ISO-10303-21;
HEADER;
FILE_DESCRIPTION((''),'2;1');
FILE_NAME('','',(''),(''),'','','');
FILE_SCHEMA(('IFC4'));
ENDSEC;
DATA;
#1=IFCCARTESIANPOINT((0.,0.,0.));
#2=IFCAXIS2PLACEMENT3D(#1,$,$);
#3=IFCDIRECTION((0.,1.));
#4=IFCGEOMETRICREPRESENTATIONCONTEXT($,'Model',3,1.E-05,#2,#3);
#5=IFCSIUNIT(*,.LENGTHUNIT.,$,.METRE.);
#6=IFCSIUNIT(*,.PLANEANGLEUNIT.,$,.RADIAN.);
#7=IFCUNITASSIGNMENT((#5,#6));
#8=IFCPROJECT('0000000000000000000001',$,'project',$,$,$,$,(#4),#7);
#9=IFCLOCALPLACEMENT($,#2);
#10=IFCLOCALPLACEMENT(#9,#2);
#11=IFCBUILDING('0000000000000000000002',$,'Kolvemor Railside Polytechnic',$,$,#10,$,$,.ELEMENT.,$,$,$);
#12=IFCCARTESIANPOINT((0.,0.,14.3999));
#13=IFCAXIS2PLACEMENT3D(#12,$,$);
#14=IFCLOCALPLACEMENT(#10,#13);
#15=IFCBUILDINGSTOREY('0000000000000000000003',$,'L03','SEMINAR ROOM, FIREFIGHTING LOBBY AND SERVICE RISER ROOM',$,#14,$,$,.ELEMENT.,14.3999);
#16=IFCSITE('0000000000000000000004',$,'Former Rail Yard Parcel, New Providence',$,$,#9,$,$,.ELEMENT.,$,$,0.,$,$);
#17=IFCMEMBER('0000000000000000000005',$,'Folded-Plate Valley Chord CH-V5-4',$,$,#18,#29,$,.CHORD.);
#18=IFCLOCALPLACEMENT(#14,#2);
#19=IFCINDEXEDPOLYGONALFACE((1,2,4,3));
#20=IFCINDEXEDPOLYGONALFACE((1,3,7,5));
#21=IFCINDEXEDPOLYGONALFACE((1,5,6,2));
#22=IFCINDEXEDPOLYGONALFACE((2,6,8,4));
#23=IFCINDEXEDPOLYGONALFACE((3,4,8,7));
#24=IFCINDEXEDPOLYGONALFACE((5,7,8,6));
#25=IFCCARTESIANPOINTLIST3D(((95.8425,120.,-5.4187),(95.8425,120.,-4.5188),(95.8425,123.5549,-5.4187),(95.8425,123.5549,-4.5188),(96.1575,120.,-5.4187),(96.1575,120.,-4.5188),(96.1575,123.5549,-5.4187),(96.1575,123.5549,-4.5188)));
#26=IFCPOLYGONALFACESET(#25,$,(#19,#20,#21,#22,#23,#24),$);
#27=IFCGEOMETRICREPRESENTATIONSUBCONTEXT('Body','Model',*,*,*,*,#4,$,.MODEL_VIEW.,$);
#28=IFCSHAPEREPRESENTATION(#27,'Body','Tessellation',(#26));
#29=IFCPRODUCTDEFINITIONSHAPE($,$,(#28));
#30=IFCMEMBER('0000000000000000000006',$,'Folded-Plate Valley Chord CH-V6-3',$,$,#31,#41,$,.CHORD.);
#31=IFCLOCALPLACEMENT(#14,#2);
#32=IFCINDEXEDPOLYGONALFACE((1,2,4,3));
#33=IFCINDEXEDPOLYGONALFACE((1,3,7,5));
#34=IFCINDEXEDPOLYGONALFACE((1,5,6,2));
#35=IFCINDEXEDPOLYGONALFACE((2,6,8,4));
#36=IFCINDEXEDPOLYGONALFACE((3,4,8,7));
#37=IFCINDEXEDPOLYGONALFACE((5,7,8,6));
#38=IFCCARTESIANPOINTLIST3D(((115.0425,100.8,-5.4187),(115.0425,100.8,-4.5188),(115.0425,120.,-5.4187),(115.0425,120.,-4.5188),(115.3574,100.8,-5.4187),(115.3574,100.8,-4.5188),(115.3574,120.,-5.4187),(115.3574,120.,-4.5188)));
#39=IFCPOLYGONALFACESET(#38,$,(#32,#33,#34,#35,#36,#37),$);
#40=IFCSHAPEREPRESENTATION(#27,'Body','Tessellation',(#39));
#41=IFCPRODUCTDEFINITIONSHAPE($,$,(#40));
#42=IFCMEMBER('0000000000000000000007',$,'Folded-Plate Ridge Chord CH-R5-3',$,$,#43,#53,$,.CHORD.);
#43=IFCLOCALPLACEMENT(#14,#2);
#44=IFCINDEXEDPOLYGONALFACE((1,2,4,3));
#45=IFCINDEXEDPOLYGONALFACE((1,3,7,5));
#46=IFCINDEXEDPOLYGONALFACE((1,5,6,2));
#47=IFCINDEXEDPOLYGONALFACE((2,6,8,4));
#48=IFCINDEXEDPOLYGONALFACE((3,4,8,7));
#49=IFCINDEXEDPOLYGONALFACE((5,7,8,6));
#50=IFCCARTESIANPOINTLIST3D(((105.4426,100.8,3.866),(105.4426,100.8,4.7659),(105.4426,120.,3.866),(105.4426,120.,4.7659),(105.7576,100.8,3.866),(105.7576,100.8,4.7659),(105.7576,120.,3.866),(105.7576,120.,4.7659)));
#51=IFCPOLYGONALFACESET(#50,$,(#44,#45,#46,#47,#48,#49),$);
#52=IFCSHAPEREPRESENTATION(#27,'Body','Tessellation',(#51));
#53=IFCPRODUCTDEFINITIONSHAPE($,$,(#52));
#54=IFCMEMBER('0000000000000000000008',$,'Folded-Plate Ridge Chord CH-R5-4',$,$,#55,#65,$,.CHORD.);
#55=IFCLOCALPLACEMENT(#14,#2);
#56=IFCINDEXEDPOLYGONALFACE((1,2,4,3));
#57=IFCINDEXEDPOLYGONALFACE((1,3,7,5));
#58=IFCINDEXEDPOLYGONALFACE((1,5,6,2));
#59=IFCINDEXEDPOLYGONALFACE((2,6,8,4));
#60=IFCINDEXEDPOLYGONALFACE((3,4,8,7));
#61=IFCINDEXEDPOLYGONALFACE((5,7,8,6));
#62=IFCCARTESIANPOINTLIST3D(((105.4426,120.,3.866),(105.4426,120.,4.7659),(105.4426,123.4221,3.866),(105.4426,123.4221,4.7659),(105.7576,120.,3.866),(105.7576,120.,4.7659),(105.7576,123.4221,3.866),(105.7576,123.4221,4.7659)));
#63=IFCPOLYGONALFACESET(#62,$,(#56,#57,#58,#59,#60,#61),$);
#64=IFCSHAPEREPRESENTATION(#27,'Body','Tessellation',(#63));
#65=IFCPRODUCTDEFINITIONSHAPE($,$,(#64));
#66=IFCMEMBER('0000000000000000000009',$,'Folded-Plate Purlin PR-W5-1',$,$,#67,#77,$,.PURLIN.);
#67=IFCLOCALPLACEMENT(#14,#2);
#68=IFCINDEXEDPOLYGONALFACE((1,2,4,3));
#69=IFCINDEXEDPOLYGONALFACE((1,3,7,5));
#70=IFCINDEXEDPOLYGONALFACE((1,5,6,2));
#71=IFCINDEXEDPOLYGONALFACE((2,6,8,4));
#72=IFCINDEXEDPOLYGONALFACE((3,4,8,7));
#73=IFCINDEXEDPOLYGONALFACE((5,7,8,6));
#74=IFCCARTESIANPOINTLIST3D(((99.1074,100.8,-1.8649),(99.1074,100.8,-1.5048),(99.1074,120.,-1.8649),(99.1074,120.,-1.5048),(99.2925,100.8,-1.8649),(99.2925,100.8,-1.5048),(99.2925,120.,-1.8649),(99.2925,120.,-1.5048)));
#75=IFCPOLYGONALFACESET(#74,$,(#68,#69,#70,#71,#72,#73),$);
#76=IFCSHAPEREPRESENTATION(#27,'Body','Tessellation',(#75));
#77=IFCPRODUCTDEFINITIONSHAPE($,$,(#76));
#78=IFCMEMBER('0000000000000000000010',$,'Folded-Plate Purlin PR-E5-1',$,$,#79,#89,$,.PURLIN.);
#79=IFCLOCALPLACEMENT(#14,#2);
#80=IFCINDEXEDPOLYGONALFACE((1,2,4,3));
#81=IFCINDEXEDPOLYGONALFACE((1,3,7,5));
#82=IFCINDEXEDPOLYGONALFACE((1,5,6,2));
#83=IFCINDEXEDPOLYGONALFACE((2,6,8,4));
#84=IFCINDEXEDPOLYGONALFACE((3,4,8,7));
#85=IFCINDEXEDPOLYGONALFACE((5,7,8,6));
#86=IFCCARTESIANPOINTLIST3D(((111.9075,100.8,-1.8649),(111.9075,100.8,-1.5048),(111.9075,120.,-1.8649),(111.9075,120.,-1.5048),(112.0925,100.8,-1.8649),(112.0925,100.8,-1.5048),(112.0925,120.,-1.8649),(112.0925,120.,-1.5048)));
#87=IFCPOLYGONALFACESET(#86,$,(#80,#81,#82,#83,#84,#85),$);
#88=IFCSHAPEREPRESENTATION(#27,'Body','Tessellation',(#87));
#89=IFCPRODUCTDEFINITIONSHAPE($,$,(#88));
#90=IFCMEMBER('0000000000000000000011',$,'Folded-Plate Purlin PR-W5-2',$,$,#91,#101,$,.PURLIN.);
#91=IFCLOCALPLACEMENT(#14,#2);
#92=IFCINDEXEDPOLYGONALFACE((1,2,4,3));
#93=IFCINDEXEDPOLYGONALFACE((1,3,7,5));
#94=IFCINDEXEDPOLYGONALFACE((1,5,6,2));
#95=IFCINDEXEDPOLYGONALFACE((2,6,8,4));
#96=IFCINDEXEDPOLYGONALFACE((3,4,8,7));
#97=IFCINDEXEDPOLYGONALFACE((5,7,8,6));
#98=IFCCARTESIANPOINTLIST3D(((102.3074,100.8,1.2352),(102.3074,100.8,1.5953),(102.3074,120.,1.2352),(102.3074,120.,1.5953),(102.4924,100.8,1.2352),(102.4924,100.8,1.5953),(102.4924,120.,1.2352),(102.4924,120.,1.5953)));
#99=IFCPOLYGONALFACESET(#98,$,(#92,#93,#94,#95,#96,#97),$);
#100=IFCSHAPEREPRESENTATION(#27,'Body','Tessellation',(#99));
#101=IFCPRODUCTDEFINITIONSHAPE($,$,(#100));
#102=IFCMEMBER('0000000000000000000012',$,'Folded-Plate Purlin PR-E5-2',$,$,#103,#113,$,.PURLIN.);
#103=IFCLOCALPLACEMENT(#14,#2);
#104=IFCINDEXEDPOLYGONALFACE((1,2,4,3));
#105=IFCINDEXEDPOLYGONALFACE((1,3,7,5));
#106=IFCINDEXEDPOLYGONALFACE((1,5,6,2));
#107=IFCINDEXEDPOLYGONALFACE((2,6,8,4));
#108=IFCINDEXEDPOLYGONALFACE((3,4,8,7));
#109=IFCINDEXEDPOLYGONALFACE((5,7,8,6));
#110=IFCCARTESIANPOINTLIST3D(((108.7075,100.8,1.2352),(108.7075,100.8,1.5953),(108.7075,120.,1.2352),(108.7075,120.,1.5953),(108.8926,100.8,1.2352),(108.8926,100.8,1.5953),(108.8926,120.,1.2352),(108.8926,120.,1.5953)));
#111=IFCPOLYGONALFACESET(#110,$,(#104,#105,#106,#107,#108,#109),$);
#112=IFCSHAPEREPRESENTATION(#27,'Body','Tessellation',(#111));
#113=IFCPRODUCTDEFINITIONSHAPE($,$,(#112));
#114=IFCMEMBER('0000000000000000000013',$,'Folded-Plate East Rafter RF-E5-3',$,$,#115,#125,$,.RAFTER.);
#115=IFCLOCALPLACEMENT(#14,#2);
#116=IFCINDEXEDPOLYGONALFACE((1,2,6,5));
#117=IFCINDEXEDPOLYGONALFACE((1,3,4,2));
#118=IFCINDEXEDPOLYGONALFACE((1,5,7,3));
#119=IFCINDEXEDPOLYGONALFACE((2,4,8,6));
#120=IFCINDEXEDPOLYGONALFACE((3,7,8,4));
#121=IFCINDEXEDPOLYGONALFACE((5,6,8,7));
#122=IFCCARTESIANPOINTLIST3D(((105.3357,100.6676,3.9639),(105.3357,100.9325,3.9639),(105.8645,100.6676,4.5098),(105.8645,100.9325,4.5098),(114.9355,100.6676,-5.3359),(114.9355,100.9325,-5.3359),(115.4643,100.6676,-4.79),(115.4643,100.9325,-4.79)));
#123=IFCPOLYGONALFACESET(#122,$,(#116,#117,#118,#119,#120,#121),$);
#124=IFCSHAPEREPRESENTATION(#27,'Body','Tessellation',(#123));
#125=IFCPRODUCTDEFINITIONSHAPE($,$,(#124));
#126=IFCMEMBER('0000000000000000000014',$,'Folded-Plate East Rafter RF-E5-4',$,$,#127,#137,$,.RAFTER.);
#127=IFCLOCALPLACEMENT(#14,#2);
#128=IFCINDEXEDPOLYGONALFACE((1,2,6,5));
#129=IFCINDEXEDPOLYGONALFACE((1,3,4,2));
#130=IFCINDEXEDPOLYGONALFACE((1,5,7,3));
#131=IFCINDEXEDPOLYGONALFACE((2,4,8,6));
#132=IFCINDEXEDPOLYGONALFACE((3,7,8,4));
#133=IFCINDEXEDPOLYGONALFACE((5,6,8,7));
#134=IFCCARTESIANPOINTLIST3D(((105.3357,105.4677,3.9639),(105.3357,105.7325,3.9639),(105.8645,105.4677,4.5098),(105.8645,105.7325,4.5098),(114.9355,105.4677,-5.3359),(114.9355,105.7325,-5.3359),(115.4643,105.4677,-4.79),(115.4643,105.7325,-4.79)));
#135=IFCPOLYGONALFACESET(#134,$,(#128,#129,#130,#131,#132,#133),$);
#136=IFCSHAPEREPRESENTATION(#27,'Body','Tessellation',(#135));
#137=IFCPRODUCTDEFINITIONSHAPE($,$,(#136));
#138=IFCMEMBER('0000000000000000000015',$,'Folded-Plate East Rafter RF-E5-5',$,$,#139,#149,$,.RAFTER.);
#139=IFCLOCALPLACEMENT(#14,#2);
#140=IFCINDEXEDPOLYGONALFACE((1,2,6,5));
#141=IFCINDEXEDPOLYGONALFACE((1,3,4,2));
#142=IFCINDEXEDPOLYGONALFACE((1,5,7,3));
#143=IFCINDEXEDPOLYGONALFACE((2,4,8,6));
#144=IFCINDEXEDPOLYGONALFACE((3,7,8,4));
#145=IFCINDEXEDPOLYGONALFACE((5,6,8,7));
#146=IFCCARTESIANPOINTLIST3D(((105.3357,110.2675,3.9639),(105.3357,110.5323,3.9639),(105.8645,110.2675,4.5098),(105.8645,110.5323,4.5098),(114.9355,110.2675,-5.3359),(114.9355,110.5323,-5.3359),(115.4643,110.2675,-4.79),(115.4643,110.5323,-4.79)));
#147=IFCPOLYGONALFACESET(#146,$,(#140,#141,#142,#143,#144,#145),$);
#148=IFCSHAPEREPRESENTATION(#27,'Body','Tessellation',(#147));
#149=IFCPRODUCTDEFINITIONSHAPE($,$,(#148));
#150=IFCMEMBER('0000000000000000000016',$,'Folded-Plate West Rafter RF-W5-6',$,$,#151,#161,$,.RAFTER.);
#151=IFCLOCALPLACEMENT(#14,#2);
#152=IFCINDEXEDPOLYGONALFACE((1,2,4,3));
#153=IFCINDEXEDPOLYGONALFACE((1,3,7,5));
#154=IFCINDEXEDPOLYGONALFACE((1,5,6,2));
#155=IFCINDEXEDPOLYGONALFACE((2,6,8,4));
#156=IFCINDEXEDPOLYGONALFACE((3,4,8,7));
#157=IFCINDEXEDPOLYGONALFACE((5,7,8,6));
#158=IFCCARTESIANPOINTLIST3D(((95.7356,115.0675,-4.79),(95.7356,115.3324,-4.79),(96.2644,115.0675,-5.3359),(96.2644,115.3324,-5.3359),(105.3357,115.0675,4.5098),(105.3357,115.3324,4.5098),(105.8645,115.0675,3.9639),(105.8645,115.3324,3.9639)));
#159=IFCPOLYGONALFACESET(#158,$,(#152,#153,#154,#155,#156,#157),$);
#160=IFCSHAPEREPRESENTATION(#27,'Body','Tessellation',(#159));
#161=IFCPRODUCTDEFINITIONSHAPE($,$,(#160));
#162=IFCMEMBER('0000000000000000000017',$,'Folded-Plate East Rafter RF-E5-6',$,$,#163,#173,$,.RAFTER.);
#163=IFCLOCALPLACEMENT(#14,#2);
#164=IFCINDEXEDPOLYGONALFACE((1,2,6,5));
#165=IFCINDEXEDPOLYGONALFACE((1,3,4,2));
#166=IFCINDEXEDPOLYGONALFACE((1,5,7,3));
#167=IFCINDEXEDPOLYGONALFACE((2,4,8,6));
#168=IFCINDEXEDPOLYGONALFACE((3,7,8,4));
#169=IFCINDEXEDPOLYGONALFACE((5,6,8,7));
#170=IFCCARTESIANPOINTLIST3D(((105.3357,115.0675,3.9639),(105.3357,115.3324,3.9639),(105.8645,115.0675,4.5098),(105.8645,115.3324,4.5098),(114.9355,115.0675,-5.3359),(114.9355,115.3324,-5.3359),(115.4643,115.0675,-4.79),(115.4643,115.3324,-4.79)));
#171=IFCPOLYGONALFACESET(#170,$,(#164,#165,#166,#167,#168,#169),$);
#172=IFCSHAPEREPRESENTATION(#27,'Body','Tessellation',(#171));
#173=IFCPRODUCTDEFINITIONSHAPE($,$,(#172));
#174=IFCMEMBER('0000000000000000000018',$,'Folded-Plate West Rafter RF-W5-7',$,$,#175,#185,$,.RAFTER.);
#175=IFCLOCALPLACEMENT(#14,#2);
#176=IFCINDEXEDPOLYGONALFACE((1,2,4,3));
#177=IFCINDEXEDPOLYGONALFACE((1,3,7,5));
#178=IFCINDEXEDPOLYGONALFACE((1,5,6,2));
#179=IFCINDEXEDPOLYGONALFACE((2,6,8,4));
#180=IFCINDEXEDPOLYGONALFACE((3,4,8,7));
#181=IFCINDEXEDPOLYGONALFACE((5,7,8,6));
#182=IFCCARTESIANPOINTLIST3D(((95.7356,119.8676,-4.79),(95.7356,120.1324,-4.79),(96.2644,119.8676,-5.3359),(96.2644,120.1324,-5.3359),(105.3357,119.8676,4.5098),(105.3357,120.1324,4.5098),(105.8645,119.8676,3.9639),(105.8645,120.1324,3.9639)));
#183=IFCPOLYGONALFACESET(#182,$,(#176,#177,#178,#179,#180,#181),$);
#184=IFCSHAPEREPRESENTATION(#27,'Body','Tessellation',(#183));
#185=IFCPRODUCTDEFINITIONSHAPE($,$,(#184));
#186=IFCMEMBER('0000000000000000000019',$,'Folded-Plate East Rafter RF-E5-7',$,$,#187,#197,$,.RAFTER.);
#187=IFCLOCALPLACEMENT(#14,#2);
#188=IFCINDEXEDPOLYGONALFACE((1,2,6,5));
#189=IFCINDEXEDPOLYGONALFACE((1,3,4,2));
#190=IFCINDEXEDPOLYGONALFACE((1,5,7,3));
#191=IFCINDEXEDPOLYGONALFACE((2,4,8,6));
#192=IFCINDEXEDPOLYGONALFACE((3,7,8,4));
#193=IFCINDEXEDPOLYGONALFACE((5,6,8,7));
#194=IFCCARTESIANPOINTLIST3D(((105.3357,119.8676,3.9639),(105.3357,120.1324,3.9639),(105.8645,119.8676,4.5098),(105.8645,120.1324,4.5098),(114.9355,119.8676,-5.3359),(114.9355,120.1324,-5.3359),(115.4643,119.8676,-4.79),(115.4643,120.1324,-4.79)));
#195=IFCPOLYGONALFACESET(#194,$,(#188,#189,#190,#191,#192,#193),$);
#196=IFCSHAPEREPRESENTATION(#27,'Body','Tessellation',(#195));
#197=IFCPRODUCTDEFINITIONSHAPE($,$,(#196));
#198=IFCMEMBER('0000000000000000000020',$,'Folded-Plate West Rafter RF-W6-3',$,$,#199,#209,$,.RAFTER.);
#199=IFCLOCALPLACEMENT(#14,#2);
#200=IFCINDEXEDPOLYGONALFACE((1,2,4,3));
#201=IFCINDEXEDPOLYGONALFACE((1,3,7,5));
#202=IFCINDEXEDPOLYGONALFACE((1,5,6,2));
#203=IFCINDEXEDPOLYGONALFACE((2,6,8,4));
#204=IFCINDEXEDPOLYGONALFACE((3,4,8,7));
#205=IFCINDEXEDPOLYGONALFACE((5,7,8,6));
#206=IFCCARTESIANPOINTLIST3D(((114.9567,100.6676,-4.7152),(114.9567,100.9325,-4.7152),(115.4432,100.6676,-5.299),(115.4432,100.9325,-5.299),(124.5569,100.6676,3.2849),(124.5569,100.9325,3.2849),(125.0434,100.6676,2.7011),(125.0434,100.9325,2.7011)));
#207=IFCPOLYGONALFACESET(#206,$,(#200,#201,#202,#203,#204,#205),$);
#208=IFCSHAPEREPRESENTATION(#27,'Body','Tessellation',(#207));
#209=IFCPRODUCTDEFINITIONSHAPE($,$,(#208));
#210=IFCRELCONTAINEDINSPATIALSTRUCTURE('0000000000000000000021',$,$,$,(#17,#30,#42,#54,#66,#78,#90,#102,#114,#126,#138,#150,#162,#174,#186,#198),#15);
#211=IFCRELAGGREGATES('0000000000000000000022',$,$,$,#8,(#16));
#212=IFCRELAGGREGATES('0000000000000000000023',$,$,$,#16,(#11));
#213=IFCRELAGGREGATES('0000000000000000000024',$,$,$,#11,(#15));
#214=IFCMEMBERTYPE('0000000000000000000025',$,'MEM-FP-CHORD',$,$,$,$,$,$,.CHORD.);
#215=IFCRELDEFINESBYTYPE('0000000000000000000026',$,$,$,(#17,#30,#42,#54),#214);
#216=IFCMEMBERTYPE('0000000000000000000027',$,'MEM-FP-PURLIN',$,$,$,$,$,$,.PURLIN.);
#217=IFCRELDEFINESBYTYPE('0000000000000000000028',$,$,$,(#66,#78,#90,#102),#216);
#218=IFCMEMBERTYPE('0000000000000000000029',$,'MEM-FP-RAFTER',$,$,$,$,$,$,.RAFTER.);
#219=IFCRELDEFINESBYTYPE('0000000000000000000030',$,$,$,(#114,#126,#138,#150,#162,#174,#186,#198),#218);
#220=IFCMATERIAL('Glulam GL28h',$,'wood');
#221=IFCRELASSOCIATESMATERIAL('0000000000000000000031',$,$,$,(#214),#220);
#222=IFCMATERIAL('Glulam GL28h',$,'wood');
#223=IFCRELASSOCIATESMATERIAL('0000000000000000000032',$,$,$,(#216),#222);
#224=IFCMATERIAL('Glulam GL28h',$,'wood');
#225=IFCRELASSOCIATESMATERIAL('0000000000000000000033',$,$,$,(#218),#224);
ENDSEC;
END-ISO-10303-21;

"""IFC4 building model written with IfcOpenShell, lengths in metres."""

from ifc_helpers import new_model, si_unit, direction, frame, origin, origin_2d, place, context, subcontext, project, spatial, rectangle, extrude, material, material_profile, profile_set, type_object, element, save


model = new_model("IFC4")

# Units and contexts
model_context = context("Model", 3, precision=1e-05, world=origin(), true_north=direction((0.0, 1.0)))
body_context = subcontext(model_context, "Body", "Model", "MODEL_VIEW")
ifc_project = project(units=[si_unit("LENGTHUNIT", "METRE"), si_unit("PLANEANGLEUNIT", "RADIAN")], contexts=[model_context])

# Site, building, storey
site_placement = place(None, origin())
site = spatial("IfcSite", under=ifc_project, at=site_placement, Name="Former Rail Yard Parcel, New Providence", CompositionType="ELEMENT", RefElevation=0.0)
building_placement = place(site_placement, origin())
building = spatial("IfcBuilding", under=site, at=building_placement, Name="Kolvemor Railside Polytechnic", CompositionType="ELEMENT")
storey_placement = place(building_placement, frame((0.0, 0.0, 14.3999)))
storey = spatial("IfcBuildingStorey", under=building, at=storey_placement, Name="L03", Description="SEMINAR ROOM, FIREFIGHTING LOBBY AND SERVICE RISER ROOM", CompositionType="ELEMENT", Elevation=14.3999)

# Members
ifc_material_1 = material(Name="Glulam GL28h", Category="wood")
ifc_material_profile_1 = material_profile(ifc_material_1, rectangle(XDim=0.3149, YDim=0.8999, at=origin_2d()), Name="GL315x900")
ifc_profile_set_1 = profile_set([ifc_material_profile_1], Name="Glulam GL28h")
member_type_1 = type_object("IfcMemberType", Name="MEM-FP-CHORD", PredefinedType="CHORD", material=ifc_profile_set_1)
member_1_placement = place(storey_placement, frame((96.0, 120.0, -4.9688), z_axis=(0.0, 1.0, 0.0), x_axis=(-1.0, 0.0, 0.0)))
element("IfcMember", 1, at=member_1_placement, inside=storey, type_object=member_type_1, Name="Folded-Plate Valley Chord CH-V5-4", PredefinedType="CHORD", context=body_context, shape_type="SweptSolid", body=[
    extrude(rectangle(XDim=0.3149, YDim=0.8999, at=origin_2d()), origin(), (0.0, 0.0, 1.0), 3.5549),
])
for number, where, z_axis, x_axis, name in (
    (2, (115.2, 100.8, -4.9688), (0.0, 1.0, 0.0), (-1.0, 0.0, 0.0), "Folded-Plate Valley Chord CH-V6-3"),
    (3, (105.6001, 100.8, 4.3159), (0.0, 1.0, 0.0), (-1.0, 0.0, 0.0), "Folded-Plate Ridge Chord CH-R5-3"),
):
    element("IfcMember", number, at=place(storey_placement, frame(where, z_axis=z_axis, x_axis=x_axis)), inside=storey, type_object=member_type_1, Name=name, PredefinedType="CHORD", context=body_context, shape_type="SweptSolid", body=[
        extrude(rectangle(XDim=0.3149, YDim=0.8999, at=origin_2d()), origin(), (0.0, 0.0, 1.0), 19.2),
    ])
member_2_placement = place(storey_placement, frame((105.6001, 120.0, 4.3159), z_axis=(0.0, 1.0, 0.0), x_axis=(-1.0, 0.0, 0.0)))
element("IfcMember", 4, at=member_2_placement, inside=storey, type_object=member_type_1, Name="Folded-Plate Ridge Chord CH-R5-4", PredefinedType="CHORD", context=body_context, shape_type="SweptSolid", body=[
    extrude(rectangle(XDim=0.3149, YDim=0.8999, at=origin_2d()), origin(), (0.0, 0.0, 1.0), 3.4221),
])
ifc_material_2 = material(Name="Glulam GL28h", Category="wood")
ifc_material_profile_2 = material_profile(ifc_material_2, rectangle(XDim=0.1851, YDim=0.3601, at=origin_2d()), Name="GL185x360")
ifc_profile_set_2 = profile_set([ifc_material_profile_2], Name="Glulam GL28h")
member_type_2 = type_object("IfcMemberType", Name="MEM-FP-PURLIN", PredefinedType="PURLIN", material=ifc_profile_set_2)
for number, where, z_axis, x_axis, name in (
    (5, (99.2, 100.8, -1.6848), (0.0, 1.0, 0.0), (-1.0, 0.0, 0.0), "Folded-Plate Purlin PR-W5-1"),
    (6, (112.0, 100.8, -1.6848), (0.0, 1.0, 0.0), (-1.0, 0.0, 0.0), "Folded-Plate Purlin PR-E5-1"),
    (7, (102.3999, 100.8, 1.4153), (0.0, 1.0, 0.0), (-1.0, 0.0, 0.0), "Folded-Plate Purlin PR-W5-2"),
    (8, (108.8, 100.8, 1.4153), (0.0, 1.0, 0.0), (-1.0, 0.0, 0.0), "Folded-Plate Purlin PR-E5-2"),
):
    element("IfcMember", number, at=place(storey_placement, frame(where, z_axis=z_axis, x_axis=x_axis)), inside=storey, type_object=member_type_2, Name=name, PredefinedType="PURLIN", context=body_context, shape_type="SweptSolid", body=[
        extrude(rectangle(XDim=0.1851, YDim=0.3601, at=origin_2d()), origin(), (0.0, 0.0, 1.0), 19.2),
    ])
ifc_material_3 = material(Name="Glulam GL28h", Category="wood")
ifc_material_profile_3 = material_profile(ifc_material_3, rectangle(XDim=0.2649, YDim=0.76, at=origin_2d()), Name="GL265x760")
ifc_profile_set_3 = profile_set([ifc_material_profile_3], Name="Glulam GL28h")
member_type_3 = type_object("IfcMemberType", Name="MEM-FP-RAFTER", PredefinedType="RAFTER", material=ifc_profile_set_3)
for number, where, z_axis, x_axis, name in (
    (9, (105.6001, 100.8, 4.2368), (0.718242, 0.0, -0.695793), (0.0, 1.0, 0.0), "Folded-Plate East Rafter RF-E5-3"),
    (10, (105.6001, 105.6001, 4.2368), (0.718242, 0.0, -0.695793), (0.0, 1.0, 0.0), "Folded-Plate East Rafter RF-E5-4"),
    (11, (105.6001, 110.3999, 4.2368), (0.718242, 0.0, -0.695793), (0.0, 1.0, 0.0), "Folded-Plate East Rafter RF-E5-5"),
):
    element("IfcMember", number, at=place(storey_placement, frame(where, z_axis=z_axis, x_axis=x_axis)), inside=storey, type_object=member_type_3, Name=name, PredefinedType="RAFTER", context=body_context, shape_type="SweptSolid", body=[
        extrude(rectangle(XDim=0.2649, YDim=0.76, at=origin_2d()), origin(), (0.0, 0.0, 1.0), 13.3657),
    ])
member_3_placement = place(storey_placement, frame((96.0, 115.2, -5.063), z_axis=(0.718251, 0.0, 0.695784), x_axis=(0.0, 1.0, 0.0)))
element("IfcMember", 12, at=member_3_placement, inside=storey, type_object=member_type_3, Name="Folded-Plate West Rafter RF-W5-6", PredefinedType="RAFTER", context=body_context, shape_type="SweptSolid", body=[
    extrude(rectangle(XDim=0.2649, YDim=0.76, at=origin_2d()), origin(), (0.0, 0.0, 1.0), 13.366),
])
member_4_placement = place(storey_placement, frame((105.6001, 115.2, 4.2368), z_axis=(0.718242, 0.0, -0.695793), x_axis=(0.0, 1.0, 0.0)))
element("IfcMember", 13, at=member_4_placement, inside=storey, type_object=member_type_3, Name="Folded-Plate East Rafter RF-E5-6", PredefinedType="RAFTER", context=body_context, shape_type="SweptSolid", body=[
    extrude(rectangle(XDim=0.2649, YDim=0.76, at=origin_2d()), origin(), (0.0, 0.0, 1.0), 13.3657),
])
member_5_placement = place(storey_placement, frame((96.0, 120.0, -5.063), z_axis=(0.718251, 0.0, 0.695784), x_axis=(0.0, 1.0, 0.0)))
element("IfcMember", 14, at=member_5_placement, inside=storey, type_object=member_type_3, Name="Folded-Plate West Rafter RF-W5-7", PredefinedType="RAFTER", context=body_context, shape_type="SweptSolid", body=[
    extrude(rectangle(XDim=0.2649, YDim=0.76, at=origin_2d()), origin(), (0.0, 0.0, 1.0), 13.366),
])
member_6_placement = place(storey_placement, frame((105.6001, 120.0, 4.2368), z_axis=(0.718242, 0.0, -0.695793), x_axis=(0.0, 1.0, 0.0)))
element("IfcMember", 15, at=member_6_placement, inside=storey, type_object=member_type_3, Name="Folded-Plate East Rafter RF-E5-7", PredefinedType="RAFTER", context=body_context, shape_type="SweptSolid", body=[
    extrude(rectangle(XDim=0.2649, YDim=0.76, at=origin_2d()), origin(), (0.0, 0.0, 1.0), 13.3657),
])
for number, where, z_axis, x_axis, name in (
    (16, (115.2, 100.8, -5.0071), (0.768224, 0.0, 0.640181), (0.0, 1.0, 0.0), "Folded-Plate West Rafter RF-W6-3"),
):
    element("IfcMember", number, at=place(storey_placement, frame(where, z_axis=z_axis, x_axis=x_axis)), inside=storey, type_object=member_type_3, Name=name, PredefinedType="RAFTER", context=body_context, shape_type="SweptSolid", body=[
        extrude(rectangle(XDim=0.2649, YDim=0.76, at=origin_2d()), origin(), (0.0, 0.0, 1.0), 12.4966),
    ])

save(model, "model.ifc")
